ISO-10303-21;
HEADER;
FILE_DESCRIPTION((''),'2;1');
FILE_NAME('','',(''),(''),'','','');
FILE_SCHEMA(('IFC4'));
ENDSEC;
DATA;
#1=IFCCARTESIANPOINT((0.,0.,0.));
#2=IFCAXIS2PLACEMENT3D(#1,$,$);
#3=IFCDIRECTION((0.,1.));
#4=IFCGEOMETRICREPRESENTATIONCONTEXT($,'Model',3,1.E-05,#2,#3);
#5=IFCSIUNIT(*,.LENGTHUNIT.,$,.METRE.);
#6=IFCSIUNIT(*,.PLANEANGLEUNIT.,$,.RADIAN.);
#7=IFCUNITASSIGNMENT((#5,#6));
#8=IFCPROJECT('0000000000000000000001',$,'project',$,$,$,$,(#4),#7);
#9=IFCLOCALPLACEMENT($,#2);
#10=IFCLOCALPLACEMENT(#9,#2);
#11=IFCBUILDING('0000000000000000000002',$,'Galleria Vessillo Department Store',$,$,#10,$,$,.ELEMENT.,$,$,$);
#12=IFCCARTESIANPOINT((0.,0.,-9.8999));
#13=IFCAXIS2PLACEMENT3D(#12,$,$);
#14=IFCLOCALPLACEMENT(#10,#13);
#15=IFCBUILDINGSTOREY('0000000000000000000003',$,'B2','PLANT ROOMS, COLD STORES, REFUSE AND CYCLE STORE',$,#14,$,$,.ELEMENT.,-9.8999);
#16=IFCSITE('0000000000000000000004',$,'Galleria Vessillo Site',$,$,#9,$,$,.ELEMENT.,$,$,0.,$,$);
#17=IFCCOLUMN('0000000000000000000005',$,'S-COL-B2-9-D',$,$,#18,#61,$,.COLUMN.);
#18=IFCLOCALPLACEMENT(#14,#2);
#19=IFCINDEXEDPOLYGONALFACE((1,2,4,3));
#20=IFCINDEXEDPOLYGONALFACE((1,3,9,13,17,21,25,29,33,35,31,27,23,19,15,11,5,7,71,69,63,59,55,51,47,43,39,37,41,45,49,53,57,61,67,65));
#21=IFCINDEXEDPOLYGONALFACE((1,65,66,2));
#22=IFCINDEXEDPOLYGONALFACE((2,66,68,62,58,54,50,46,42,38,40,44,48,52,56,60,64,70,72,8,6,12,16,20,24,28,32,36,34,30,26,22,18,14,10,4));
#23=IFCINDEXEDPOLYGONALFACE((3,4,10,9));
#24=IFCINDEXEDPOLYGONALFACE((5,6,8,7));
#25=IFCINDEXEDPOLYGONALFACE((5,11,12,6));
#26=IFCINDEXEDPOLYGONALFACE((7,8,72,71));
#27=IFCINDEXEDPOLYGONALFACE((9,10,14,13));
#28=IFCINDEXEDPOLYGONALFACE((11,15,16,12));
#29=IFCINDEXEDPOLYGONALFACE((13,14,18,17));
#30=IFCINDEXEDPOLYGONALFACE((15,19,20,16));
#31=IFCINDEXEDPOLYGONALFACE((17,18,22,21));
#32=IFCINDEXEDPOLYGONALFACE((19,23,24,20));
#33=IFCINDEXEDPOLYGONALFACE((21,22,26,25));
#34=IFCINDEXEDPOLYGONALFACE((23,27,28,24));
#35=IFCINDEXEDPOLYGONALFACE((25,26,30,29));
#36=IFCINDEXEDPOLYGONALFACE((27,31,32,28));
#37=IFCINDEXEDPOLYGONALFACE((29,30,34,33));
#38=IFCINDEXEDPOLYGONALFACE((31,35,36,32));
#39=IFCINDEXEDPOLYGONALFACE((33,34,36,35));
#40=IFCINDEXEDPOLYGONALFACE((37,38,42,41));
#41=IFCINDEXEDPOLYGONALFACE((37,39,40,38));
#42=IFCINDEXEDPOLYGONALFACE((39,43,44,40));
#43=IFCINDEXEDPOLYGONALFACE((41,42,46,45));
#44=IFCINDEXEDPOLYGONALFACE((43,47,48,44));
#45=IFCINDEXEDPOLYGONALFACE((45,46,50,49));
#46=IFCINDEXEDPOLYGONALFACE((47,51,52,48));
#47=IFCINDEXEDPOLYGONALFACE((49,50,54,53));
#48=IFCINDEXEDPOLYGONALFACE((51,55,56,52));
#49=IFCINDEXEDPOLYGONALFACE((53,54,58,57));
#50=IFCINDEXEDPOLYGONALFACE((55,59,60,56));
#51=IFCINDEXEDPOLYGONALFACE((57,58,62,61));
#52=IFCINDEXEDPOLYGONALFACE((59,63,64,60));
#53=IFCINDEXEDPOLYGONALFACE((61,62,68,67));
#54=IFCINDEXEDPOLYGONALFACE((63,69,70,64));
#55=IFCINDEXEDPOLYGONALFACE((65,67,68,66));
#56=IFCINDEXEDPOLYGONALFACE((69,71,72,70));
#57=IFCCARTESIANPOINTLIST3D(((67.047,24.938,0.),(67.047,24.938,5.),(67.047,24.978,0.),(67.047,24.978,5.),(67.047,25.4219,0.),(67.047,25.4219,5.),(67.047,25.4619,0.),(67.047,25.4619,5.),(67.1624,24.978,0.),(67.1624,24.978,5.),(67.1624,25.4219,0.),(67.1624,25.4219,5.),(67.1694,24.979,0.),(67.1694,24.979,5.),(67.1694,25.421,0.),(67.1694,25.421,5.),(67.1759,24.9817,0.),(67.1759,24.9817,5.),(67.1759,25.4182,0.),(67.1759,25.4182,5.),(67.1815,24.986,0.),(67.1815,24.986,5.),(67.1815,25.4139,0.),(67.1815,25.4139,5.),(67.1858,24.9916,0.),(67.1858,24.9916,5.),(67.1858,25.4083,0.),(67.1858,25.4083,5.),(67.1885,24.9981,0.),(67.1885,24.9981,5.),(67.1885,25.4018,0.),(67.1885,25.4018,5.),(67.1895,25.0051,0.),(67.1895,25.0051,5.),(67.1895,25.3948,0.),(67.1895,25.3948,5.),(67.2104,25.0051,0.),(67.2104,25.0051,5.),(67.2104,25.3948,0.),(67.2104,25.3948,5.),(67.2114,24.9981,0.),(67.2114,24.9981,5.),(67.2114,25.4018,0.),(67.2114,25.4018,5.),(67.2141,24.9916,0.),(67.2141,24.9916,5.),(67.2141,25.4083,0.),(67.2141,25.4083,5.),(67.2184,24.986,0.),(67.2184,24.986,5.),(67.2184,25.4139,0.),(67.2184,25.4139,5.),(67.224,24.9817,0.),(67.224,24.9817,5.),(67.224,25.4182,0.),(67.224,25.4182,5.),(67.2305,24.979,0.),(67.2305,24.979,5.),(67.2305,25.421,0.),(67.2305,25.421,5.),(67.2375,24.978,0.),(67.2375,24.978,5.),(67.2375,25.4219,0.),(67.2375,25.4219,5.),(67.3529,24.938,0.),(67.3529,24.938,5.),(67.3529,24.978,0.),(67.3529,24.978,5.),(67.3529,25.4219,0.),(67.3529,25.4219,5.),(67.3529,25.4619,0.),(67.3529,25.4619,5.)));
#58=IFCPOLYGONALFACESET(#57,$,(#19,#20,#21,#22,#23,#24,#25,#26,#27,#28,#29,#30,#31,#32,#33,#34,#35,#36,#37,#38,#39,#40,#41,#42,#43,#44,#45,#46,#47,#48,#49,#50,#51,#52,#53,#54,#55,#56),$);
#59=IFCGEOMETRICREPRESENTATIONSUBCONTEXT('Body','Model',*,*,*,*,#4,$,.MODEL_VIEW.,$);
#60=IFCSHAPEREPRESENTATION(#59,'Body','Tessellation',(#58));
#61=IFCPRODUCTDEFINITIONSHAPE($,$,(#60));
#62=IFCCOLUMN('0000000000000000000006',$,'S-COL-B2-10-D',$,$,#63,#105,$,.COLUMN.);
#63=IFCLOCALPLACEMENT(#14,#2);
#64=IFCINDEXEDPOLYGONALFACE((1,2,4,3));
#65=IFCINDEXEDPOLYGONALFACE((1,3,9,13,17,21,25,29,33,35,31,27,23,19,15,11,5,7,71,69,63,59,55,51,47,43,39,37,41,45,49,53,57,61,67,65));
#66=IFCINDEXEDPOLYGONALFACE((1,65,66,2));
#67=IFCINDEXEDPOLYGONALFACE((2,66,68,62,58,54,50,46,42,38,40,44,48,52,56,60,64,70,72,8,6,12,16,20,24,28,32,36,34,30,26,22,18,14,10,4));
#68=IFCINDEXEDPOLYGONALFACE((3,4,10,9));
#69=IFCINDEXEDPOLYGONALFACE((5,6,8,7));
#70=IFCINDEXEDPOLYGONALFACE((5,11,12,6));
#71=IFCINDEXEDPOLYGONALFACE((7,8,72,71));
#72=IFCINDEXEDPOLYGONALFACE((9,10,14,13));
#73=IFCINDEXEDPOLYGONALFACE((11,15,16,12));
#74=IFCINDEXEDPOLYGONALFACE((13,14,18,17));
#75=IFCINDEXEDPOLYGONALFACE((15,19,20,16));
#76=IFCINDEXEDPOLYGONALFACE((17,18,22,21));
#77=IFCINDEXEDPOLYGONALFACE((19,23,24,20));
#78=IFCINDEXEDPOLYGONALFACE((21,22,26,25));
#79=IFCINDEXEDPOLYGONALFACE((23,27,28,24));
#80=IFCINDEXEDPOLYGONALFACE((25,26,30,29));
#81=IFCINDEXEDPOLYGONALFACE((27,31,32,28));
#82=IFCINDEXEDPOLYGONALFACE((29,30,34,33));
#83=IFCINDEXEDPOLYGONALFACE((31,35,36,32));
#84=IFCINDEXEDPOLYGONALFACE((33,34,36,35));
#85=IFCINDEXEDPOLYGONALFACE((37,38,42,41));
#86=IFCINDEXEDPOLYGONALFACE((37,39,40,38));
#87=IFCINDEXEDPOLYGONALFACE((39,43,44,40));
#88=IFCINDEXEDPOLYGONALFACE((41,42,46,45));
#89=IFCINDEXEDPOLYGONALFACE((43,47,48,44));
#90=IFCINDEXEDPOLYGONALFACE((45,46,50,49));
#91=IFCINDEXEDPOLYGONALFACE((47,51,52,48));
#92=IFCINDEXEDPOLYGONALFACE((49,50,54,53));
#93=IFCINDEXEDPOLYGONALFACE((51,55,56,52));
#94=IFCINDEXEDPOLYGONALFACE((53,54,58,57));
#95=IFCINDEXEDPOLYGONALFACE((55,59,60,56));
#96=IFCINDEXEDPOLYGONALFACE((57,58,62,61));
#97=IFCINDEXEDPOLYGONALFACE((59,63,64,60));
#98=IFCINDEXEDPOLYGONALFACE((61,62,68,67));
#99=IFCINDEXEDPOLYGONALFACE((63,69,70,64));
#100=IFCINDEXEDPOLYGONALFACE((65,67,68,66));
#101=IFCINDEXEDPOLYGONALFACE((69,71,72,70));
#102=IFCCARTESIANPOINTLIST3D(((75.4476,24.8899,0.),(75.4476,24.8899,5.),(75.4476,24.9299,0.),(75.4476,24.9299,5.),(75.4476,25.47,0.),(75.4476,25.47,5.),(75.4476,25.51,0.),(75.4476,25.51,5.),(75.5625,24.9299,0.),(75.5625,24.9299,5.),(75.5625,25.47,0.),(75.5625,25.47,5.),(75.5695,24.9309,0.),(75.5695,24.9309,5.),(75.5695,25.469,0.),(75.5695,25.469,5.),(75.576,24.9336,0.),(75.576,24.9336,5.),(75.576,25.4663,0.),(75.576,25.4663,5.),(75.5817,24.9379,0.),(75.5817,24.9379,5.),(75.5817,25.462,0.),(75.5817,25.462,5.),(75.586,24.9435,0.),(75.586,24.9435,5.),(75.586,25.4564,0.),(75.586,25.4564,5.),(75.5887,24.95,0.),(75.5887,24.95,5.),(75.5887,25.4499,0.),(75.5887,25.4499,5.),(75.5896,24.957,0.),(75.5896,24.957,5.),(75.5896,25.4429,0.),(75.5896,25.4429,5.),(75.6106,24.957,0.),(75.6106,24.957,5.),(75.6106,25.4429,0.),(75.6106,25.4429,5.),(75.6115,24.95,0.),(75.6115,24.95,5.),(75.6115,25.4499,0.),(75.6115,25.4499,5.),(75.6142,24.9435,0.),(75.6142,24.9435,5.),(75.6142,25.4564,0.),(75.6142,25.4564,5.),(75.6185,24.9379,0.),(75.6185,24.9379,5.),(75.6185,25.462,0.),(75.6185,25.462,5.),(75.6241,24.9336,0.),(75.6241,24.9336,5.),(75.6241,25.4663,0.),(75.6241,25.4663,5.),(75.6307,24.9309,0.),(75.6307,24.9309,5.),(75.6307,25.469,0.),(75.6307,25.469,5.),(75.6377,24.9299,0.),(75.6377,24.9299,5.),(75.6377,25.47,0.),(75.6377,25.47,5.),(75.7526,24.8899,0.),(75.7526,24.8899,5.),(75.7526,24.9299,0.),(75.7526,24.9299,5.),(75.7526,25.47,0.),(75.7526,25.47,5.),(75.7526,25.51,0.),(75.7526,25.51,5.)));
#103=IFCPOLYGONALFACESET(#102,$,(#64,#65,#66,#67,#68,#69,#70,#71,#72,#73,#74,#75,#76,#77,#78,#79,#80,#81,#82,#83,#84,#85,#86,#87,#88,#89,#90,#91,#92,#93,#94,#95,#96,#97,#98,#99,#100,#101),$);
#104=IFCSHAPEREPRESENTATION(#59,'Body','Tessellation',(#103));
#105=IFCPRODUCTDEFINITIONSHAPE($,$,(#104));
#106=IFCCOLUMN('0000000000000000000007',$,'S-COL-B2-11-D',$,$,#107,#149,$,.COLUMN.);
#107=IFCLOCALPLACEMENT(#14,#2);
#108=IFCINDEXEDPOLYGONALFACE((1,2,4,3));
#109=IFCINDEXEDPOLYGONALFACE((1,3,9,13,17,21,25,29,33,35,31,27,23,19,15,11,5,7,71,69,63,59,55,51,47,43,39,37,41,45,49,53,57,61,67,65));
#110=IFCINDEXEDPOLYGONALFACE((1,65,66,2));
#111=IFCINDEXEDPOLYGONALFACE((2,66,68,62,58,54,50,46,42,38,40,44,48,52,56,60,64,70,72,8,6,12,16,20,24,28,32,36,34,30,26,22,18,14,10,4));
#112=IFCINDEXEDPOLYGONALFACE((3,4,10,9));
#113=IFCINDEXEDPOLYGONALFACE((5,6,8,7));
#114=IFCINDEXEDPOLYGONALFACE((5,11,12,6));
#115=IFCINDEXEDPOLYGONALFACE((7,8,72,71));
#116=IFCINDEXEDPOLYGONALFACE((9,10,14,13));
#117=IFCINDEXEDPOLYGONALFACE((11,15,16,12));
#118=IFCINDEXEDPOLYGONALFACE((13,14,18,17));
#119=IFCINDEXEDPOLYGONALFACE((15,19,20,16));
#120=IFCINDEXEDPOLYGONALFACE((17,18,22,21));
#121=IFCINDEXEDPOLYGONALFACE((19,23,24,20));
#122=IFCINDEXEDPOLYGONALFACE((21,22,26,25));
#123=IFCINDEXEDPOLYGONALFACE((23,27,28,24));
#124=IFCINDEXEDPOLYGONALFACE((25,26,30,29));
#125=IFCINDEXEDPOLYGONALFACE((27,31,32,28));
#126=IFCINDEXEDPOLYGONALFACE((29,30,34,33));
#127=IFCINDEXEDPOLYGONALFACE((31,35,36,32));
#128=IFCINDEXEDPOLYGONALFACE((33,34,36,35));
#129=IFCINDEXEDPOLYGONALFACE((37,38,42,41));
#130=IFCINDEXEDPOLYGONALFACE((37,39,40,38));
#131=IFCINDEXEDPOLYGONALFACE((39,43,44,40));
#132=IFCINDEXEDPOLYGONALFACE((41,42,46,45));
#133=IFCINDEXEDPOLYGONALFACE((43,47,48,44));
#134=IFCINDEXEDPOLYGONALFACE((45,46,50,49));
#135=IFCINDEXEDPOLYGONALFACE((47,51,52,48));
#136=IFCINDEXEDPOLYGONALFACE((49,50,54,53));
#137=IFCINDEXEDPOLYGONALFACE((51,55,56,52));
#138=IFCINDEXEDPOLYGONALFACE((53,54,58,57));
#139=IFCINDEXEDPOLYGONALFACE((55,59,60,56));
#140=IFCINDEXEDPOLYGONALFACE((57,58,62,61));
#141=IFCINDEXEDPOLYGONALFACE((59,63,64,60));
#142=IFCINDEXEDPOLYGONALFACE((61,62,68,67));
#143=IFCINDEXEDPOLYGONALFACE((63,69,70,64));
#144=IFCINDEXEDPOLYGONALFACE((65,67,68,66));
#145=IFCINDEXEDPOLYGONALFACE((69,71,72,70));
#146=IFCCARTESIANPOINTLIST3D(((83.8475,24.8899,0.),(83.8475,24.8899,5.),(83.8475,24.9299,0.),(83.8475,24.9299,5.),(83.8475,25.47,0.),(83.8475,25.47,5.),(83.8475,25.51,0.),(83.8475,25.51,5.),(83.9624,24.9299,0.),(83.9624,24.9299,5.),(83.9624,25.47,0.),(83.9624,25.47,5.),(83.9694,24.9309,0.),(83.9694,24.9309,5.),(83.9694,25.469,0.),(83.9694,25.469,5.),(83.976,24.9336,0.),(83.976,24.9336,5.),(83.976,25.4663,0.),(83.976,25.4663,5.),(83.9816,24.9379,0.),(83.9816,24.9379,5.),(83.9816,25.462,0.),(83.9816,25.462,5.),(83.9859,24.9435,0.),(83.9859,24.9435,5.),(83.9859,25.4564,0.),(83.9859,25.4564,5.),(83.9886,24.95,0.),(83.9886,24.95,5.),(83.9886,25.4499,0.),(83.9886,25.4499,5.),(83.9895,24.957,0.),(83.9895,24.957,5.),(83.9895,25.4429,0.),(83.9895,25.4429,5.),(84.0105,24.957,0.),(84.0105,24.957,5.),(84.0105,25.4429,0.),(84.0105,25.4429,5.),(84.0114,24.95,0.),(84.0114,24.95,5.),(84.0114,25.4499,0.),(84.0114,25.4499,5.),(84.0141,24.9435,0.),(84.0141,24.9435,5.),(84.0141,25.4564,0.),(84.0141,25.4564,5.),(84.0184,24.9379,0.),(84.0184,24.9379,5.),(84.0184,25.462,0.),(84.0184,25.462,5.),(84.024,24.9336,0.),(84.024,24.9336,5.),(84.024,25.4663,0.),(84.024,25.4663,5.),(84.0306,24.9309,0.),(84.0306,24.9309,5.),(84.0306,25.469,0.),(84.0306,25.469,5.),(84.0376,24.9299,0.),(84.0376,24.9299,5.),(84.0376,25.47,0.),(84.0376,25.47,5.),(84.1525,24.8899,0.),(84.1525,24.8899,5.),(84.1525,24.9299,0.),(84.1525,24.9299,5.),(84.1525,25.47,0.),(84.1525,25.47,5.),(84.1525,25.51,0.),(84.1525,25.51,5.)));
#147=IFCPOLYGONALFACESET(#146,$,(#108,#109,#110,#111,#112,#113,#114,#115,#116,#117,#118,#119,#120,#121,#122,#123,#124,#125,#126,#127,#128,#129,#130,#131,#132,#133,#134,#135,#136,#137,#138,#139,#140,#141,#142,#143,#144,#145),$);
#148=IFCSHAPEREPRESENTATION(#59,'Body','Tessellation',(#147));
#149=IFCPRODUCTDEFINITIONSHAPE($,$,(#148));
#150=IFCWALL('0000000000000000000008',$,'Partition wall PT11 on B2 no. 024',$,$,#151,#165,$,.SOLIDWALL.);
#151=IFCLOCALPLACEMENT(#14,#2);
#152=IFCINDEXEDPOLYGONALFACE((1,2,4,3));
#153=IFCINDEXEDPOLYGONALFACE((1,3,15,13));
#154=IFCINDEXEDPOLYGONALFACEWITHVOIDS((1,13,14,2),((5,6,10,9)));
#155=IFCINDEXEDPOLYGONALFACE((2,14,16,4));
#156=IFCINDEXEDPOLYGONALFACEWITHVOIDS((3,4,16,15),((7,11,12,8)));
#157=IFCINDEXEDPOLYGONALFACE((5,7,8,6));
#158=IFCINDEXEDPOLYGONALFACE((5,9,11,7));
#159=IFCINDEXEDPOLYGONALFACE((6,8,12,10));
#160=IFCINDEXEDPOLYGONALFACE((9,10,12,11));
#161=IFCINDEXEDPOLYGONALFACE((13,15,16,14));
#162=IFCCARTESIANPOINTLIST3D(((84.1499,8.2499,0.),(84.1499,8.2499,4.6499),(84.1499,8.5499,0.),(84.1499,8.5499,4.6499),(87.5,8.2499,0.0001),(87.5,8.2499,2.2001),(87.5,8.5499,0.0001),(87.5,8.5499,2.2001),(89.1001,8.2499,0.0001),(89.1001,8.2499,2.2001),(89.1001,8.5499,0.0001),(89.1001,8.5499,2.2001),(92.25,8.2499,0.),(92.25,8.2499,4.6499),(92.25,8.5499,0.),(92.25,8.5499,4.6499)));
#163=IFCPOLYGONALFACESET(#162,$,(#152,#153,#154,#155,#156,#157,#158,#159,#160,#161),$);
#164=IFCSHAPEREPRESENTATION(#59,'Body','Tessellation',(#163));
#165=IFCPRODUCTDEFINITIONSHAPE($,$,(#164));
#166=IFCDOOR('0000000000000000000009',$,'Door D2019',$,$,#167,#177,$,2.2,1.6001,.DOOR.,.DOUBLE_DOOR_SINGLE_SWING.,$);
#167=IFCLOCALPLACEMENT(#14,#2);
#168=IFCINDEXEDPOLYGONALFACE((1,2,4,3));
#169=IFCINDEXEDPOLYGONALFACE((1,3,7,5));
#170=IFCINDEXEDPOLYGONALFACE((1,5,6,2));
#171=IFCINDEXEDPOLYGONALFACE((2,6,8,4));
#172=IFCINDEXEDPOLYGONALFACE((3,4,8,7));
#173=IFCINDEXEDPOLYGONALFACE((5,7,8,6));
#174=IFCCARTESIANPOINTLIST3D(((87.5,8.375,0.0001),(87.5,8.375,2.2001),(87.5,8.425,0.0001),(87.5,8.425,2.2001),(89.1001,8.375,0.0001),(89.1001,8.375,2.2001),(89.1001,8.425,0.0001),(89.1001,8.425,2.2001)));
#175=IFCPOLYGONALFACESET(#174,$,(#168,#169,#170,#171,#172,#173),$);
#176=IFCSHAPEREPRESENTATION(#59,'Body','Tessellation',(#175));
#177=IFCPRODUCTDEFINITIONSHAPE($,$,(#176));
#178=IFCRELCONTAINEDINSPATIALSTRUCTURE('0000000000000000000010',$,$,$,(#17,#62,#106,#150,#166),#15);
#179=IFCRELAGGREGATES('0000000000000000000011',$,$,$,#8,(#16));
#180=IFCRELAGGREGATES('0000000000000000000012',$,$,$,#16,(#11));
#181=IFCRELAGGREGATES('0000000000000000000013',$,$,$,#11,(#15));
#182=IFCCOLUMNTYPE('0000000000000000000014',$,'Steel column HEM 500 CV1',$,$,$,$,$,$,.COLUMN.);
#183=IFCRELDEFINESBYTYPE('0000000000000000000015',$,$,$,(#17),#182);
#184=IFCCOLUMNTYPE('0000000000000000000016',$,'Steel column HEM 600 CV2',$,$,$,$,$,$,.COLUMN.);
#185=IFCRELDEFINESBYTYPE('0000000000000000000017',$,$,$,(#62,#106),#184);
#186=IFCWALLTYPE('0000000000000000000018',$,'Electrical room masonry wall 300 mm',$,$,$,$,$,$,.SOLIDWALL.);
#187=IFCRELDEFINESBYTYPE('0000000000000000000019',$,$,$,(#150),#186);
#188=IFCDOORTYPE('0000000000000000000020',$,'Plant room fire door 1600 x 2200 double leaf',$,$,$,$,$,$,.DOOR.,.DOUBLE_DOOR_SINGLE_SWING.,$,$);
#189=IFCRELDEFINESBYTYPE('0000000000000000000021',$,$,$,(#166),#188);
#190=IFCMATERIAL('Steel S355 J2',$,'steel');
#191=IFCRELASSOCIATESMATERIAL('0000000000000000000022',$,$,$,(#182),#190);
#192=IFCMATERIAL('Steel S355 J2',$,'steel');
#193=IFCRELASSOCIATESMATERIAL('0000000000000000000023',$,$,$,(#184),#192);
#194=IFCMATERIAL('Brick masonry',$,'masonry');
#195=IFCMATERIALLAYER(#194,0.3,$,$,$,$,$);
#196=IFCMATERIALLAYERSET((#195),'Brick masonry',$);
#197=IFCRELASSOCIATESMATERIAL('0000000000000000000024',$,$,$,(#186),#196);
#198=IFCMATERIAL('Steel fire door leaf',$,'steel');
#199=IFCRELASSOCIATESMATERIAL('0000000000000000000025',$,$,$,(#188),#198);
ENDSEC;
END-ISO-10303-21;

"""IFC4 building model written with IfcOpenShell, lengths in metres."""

from ifc_helpers import new_model, si_unit, direction, frame, frame_2d, origin, origin_2d, place, context, subcontext, project, spatial, rectangle, i_section, extrude, material, layer, layer_set, material_profile, profile_set, type_object, element, fill, save


model = new_model("IFC4")

# Units and contexts
model_context = context("Model", 3, precision=1e-05, world=origin(), true_north=direction((0.0, 1.0)))
body_context = subcontext(model_context, "Body", "Model", "MODEL_VIEW")
ifc_project = project(units=[si_unit("LENGTHUNIT", "METRE"), si_unit("PLANEANGLEUNIT", "RADIAN")], contexts=[model_context])

# Site, building, storey
site_placement = place(None, origin())
site = spatial("IfcSite", under=ifc_project, at=site_placement, Name="Galleria Vessillo Site", CompositionType="ELEMENT", RefElevation=0.0)
building_placement = place(site_placement, origin())
building = spatial("IfcBuilding", under=site, at=building_placement, Name="Galleria Vessillo Department Store", CompositionType="ELEMENT")
storey_placement = place(building_placement, frame((0.0, 0.0, -9.8999)))
storey = spatial("IfcBuildingStorey", under=building, at=storey_placement, Name="B2", Description="PLANT ROOMS, COLD STORES, REFUSE AND CYCLE STORE", CompositionType="ELEMENT", Elevation=-9.8999)

# Columns
ifc_material_1 = material(Name="Steel S355 J2", Category="steel")
ifc_material_profile_1 = material_profile(ifc_material_1, i_section(OverallWidth=0.3059, OverallDepth=0.5239, WebThickness=0.021, FlangeThickness=0.04, FilletRadius=0.0271, at=origin_2d()), Name="HEM 500")
ifc_profile_set_1 = profile_set([ifc_material_profile_1], Name="Steel S355 J2")
column_type_1 = type_object("IfcColumnType", Name="Steel column HEM 500 CV1", PredefinedType="COLUMN", material=ifc_profile_set_1)
column_placement = place(storey_placement, frame((67.2, 25.2, 0.0), z_axis=(0.0, 0.0, 1.0), x_axis=(1.0, 0.0, 0.0)))
element("IfcColumn", 1, at=column_placement, inside=storey, type_object=column_type_1, Name="S-COL-B2-9-D", PredefinedType="COLUMN", context=body_context, shape_type="SweptSolid", body=[
    extrude(i_section(OverallWidth=0.3059, OverallDepth=0.5239, WebThickness=0.021, FlangeThickness=0.04, FilletRadius=0.0271, at=origin_2d()), origin(), (0.0, 0.0, 1.0), 5.0),
])
ifc_material_2 = material(Name="Steel S355 J2", Category="steel")
ifc_material_profile_2 = material_profile(ifc_material_2, i_section(OverallWidth=0.3049, OverallDepth=0.6201, WebThickness=0.021, FlangeThickness=0.04, FilletRadius=0.0271, at=origin_2d()), Name="HEM 600")
ifc_profile_set_2 = profile_set([ifc_material_profile_2], Name="Steel S355 J2")
column_type_2 = type_object("IfcColumnType", Name="Steel column HEM 600 CV2", PredefinedType="COLUMN", material=ifc_profile_set_2)
for number, where, z_axis, x_axis, name in (
    (2, (75.6001, 25.2, 0.0), (0.0, 0.0, 1.0), (1.0, 0.0, 0.0), "S-COL-B2-10-D"),
    (3, (84.0, 25.2, 0.0), (0.0, 0.0, 1.0), (1.0, 0.0, 0.0), "S-COL-B2-11-D"),
):
    element("IfcColumn", number, at=place(storey_placement, frame(where, z_axis=z_axis, x_axis=x_axis)), inside=storey, type_object=column_type_2, Name=name, PredefinedType="COLUMN", context=body_context, shape_type="SweptSolid", body=[
        extrude(i_section(OverallWidth=0.3049, OverallDepth=0.6201, WebThickness=0.021, FlangeThickness=0.04, FilletRadius=0.0271, at=origin_2d()), origin(), (0.0, 0.0, 1.0), 5.0),
    ])

# Wall, opening, door
ifc_material_3 = material(Name="Brick masonry", Category="masonry")
ifc_layer_1 = layer(ifc_material_3, 0.3)
ifc_layer_set_1 = layer_set([ifc_layer_1], Name="Brick masonry")
wall_type_1 = type_object("IfcWallType", Name="Electrical room masonry wall 300 mm", PredefinedType="SOLIDWALL", material=ifc_layer_set_1)
wall_1_placement = place(storey_placement, frame((84.1499, 8.3999, 0.0), z_axis=(0.0, 0.0, 1.0), x_axis=(1.0, 0.0, 0.0)))
wall_1 = element("IfcWall", 4, at=wall_1_placement, inside=storey, type_object=wall_type_1, Name="Partition wall PT11 on B2 no. 024", PredefinedType="SOLIDWALL", context=body_context, shape_type="SweptSolid", body=[
    extrude(rectangle(XDim=8.1001, YDim=0.3, at=frame_2d((4.05, 0.0))), origin(), (0.0, 0.0, 1.0), 4.6499),
])
opening_1_placement = place(wall_1_placement, frame((3.3501, 0.0, 0.0)))
opening_1 = element("IfcOpeningElement", 5, at=opening_1_placement, cuts=wall_1, PredefinedType="OPENING", context=body_context, shape_type="SweptSolid", body=[
    extrude(rectangle(XDim=1.6001, YDim=2.2, at=frame_2d((0.8, 1.1001))), frame((0.0, 0.1602, 0.0), z_axis=(0.0, -1.0, 0.0), x_axis=(1.0, 0.0, 0.0)), (0.0, 0.0, 1.0), 0.3201),
])
ifc_material_4 = material(Name="Steel fire door leaf", Category="steel")
door_type_1 = type_object("IfcDoorType", Name="Plant room fire door 1600 x 2200 double leaf", OperationType="DOUBLE_DOOR_SINGLE_SWING", PredefinedType="DOOR", material=ifc_material_4)
door_1_placement = place(opening_1_placement, frame((1.6001, 0.0, 0.0), z_axis=(0.0, 0.0, 1.0), x_axis=(-1.0, 0.0, 0.0)))
door_1 = element("IfcDoor", 6, at=door_1_placement, inside=storey, type_object=door_type_1, Name="Door D2019", OperationType="DOUBLE_DOOR_SINGLE_SWING", OverallHeight=2.2, OverallWidth=1.6001, PredefinedType="DOOR", context=body_context, shape_type="SweptSolid", body=[
    extrude(rectangle(XDim=1.6001, YDim=2.2, at=frame_2d((0.8, 1.1001))), frame((0.0, 0.0249, 0.0), z_axis=(0.0, -1.0, 0.0), x_axis=(1.0, 0.0, 0.0)), (0.0, 0.0, 1.0), 0.05),
])
fill(opening_1, door_1)

save(model, "model.ifc")
